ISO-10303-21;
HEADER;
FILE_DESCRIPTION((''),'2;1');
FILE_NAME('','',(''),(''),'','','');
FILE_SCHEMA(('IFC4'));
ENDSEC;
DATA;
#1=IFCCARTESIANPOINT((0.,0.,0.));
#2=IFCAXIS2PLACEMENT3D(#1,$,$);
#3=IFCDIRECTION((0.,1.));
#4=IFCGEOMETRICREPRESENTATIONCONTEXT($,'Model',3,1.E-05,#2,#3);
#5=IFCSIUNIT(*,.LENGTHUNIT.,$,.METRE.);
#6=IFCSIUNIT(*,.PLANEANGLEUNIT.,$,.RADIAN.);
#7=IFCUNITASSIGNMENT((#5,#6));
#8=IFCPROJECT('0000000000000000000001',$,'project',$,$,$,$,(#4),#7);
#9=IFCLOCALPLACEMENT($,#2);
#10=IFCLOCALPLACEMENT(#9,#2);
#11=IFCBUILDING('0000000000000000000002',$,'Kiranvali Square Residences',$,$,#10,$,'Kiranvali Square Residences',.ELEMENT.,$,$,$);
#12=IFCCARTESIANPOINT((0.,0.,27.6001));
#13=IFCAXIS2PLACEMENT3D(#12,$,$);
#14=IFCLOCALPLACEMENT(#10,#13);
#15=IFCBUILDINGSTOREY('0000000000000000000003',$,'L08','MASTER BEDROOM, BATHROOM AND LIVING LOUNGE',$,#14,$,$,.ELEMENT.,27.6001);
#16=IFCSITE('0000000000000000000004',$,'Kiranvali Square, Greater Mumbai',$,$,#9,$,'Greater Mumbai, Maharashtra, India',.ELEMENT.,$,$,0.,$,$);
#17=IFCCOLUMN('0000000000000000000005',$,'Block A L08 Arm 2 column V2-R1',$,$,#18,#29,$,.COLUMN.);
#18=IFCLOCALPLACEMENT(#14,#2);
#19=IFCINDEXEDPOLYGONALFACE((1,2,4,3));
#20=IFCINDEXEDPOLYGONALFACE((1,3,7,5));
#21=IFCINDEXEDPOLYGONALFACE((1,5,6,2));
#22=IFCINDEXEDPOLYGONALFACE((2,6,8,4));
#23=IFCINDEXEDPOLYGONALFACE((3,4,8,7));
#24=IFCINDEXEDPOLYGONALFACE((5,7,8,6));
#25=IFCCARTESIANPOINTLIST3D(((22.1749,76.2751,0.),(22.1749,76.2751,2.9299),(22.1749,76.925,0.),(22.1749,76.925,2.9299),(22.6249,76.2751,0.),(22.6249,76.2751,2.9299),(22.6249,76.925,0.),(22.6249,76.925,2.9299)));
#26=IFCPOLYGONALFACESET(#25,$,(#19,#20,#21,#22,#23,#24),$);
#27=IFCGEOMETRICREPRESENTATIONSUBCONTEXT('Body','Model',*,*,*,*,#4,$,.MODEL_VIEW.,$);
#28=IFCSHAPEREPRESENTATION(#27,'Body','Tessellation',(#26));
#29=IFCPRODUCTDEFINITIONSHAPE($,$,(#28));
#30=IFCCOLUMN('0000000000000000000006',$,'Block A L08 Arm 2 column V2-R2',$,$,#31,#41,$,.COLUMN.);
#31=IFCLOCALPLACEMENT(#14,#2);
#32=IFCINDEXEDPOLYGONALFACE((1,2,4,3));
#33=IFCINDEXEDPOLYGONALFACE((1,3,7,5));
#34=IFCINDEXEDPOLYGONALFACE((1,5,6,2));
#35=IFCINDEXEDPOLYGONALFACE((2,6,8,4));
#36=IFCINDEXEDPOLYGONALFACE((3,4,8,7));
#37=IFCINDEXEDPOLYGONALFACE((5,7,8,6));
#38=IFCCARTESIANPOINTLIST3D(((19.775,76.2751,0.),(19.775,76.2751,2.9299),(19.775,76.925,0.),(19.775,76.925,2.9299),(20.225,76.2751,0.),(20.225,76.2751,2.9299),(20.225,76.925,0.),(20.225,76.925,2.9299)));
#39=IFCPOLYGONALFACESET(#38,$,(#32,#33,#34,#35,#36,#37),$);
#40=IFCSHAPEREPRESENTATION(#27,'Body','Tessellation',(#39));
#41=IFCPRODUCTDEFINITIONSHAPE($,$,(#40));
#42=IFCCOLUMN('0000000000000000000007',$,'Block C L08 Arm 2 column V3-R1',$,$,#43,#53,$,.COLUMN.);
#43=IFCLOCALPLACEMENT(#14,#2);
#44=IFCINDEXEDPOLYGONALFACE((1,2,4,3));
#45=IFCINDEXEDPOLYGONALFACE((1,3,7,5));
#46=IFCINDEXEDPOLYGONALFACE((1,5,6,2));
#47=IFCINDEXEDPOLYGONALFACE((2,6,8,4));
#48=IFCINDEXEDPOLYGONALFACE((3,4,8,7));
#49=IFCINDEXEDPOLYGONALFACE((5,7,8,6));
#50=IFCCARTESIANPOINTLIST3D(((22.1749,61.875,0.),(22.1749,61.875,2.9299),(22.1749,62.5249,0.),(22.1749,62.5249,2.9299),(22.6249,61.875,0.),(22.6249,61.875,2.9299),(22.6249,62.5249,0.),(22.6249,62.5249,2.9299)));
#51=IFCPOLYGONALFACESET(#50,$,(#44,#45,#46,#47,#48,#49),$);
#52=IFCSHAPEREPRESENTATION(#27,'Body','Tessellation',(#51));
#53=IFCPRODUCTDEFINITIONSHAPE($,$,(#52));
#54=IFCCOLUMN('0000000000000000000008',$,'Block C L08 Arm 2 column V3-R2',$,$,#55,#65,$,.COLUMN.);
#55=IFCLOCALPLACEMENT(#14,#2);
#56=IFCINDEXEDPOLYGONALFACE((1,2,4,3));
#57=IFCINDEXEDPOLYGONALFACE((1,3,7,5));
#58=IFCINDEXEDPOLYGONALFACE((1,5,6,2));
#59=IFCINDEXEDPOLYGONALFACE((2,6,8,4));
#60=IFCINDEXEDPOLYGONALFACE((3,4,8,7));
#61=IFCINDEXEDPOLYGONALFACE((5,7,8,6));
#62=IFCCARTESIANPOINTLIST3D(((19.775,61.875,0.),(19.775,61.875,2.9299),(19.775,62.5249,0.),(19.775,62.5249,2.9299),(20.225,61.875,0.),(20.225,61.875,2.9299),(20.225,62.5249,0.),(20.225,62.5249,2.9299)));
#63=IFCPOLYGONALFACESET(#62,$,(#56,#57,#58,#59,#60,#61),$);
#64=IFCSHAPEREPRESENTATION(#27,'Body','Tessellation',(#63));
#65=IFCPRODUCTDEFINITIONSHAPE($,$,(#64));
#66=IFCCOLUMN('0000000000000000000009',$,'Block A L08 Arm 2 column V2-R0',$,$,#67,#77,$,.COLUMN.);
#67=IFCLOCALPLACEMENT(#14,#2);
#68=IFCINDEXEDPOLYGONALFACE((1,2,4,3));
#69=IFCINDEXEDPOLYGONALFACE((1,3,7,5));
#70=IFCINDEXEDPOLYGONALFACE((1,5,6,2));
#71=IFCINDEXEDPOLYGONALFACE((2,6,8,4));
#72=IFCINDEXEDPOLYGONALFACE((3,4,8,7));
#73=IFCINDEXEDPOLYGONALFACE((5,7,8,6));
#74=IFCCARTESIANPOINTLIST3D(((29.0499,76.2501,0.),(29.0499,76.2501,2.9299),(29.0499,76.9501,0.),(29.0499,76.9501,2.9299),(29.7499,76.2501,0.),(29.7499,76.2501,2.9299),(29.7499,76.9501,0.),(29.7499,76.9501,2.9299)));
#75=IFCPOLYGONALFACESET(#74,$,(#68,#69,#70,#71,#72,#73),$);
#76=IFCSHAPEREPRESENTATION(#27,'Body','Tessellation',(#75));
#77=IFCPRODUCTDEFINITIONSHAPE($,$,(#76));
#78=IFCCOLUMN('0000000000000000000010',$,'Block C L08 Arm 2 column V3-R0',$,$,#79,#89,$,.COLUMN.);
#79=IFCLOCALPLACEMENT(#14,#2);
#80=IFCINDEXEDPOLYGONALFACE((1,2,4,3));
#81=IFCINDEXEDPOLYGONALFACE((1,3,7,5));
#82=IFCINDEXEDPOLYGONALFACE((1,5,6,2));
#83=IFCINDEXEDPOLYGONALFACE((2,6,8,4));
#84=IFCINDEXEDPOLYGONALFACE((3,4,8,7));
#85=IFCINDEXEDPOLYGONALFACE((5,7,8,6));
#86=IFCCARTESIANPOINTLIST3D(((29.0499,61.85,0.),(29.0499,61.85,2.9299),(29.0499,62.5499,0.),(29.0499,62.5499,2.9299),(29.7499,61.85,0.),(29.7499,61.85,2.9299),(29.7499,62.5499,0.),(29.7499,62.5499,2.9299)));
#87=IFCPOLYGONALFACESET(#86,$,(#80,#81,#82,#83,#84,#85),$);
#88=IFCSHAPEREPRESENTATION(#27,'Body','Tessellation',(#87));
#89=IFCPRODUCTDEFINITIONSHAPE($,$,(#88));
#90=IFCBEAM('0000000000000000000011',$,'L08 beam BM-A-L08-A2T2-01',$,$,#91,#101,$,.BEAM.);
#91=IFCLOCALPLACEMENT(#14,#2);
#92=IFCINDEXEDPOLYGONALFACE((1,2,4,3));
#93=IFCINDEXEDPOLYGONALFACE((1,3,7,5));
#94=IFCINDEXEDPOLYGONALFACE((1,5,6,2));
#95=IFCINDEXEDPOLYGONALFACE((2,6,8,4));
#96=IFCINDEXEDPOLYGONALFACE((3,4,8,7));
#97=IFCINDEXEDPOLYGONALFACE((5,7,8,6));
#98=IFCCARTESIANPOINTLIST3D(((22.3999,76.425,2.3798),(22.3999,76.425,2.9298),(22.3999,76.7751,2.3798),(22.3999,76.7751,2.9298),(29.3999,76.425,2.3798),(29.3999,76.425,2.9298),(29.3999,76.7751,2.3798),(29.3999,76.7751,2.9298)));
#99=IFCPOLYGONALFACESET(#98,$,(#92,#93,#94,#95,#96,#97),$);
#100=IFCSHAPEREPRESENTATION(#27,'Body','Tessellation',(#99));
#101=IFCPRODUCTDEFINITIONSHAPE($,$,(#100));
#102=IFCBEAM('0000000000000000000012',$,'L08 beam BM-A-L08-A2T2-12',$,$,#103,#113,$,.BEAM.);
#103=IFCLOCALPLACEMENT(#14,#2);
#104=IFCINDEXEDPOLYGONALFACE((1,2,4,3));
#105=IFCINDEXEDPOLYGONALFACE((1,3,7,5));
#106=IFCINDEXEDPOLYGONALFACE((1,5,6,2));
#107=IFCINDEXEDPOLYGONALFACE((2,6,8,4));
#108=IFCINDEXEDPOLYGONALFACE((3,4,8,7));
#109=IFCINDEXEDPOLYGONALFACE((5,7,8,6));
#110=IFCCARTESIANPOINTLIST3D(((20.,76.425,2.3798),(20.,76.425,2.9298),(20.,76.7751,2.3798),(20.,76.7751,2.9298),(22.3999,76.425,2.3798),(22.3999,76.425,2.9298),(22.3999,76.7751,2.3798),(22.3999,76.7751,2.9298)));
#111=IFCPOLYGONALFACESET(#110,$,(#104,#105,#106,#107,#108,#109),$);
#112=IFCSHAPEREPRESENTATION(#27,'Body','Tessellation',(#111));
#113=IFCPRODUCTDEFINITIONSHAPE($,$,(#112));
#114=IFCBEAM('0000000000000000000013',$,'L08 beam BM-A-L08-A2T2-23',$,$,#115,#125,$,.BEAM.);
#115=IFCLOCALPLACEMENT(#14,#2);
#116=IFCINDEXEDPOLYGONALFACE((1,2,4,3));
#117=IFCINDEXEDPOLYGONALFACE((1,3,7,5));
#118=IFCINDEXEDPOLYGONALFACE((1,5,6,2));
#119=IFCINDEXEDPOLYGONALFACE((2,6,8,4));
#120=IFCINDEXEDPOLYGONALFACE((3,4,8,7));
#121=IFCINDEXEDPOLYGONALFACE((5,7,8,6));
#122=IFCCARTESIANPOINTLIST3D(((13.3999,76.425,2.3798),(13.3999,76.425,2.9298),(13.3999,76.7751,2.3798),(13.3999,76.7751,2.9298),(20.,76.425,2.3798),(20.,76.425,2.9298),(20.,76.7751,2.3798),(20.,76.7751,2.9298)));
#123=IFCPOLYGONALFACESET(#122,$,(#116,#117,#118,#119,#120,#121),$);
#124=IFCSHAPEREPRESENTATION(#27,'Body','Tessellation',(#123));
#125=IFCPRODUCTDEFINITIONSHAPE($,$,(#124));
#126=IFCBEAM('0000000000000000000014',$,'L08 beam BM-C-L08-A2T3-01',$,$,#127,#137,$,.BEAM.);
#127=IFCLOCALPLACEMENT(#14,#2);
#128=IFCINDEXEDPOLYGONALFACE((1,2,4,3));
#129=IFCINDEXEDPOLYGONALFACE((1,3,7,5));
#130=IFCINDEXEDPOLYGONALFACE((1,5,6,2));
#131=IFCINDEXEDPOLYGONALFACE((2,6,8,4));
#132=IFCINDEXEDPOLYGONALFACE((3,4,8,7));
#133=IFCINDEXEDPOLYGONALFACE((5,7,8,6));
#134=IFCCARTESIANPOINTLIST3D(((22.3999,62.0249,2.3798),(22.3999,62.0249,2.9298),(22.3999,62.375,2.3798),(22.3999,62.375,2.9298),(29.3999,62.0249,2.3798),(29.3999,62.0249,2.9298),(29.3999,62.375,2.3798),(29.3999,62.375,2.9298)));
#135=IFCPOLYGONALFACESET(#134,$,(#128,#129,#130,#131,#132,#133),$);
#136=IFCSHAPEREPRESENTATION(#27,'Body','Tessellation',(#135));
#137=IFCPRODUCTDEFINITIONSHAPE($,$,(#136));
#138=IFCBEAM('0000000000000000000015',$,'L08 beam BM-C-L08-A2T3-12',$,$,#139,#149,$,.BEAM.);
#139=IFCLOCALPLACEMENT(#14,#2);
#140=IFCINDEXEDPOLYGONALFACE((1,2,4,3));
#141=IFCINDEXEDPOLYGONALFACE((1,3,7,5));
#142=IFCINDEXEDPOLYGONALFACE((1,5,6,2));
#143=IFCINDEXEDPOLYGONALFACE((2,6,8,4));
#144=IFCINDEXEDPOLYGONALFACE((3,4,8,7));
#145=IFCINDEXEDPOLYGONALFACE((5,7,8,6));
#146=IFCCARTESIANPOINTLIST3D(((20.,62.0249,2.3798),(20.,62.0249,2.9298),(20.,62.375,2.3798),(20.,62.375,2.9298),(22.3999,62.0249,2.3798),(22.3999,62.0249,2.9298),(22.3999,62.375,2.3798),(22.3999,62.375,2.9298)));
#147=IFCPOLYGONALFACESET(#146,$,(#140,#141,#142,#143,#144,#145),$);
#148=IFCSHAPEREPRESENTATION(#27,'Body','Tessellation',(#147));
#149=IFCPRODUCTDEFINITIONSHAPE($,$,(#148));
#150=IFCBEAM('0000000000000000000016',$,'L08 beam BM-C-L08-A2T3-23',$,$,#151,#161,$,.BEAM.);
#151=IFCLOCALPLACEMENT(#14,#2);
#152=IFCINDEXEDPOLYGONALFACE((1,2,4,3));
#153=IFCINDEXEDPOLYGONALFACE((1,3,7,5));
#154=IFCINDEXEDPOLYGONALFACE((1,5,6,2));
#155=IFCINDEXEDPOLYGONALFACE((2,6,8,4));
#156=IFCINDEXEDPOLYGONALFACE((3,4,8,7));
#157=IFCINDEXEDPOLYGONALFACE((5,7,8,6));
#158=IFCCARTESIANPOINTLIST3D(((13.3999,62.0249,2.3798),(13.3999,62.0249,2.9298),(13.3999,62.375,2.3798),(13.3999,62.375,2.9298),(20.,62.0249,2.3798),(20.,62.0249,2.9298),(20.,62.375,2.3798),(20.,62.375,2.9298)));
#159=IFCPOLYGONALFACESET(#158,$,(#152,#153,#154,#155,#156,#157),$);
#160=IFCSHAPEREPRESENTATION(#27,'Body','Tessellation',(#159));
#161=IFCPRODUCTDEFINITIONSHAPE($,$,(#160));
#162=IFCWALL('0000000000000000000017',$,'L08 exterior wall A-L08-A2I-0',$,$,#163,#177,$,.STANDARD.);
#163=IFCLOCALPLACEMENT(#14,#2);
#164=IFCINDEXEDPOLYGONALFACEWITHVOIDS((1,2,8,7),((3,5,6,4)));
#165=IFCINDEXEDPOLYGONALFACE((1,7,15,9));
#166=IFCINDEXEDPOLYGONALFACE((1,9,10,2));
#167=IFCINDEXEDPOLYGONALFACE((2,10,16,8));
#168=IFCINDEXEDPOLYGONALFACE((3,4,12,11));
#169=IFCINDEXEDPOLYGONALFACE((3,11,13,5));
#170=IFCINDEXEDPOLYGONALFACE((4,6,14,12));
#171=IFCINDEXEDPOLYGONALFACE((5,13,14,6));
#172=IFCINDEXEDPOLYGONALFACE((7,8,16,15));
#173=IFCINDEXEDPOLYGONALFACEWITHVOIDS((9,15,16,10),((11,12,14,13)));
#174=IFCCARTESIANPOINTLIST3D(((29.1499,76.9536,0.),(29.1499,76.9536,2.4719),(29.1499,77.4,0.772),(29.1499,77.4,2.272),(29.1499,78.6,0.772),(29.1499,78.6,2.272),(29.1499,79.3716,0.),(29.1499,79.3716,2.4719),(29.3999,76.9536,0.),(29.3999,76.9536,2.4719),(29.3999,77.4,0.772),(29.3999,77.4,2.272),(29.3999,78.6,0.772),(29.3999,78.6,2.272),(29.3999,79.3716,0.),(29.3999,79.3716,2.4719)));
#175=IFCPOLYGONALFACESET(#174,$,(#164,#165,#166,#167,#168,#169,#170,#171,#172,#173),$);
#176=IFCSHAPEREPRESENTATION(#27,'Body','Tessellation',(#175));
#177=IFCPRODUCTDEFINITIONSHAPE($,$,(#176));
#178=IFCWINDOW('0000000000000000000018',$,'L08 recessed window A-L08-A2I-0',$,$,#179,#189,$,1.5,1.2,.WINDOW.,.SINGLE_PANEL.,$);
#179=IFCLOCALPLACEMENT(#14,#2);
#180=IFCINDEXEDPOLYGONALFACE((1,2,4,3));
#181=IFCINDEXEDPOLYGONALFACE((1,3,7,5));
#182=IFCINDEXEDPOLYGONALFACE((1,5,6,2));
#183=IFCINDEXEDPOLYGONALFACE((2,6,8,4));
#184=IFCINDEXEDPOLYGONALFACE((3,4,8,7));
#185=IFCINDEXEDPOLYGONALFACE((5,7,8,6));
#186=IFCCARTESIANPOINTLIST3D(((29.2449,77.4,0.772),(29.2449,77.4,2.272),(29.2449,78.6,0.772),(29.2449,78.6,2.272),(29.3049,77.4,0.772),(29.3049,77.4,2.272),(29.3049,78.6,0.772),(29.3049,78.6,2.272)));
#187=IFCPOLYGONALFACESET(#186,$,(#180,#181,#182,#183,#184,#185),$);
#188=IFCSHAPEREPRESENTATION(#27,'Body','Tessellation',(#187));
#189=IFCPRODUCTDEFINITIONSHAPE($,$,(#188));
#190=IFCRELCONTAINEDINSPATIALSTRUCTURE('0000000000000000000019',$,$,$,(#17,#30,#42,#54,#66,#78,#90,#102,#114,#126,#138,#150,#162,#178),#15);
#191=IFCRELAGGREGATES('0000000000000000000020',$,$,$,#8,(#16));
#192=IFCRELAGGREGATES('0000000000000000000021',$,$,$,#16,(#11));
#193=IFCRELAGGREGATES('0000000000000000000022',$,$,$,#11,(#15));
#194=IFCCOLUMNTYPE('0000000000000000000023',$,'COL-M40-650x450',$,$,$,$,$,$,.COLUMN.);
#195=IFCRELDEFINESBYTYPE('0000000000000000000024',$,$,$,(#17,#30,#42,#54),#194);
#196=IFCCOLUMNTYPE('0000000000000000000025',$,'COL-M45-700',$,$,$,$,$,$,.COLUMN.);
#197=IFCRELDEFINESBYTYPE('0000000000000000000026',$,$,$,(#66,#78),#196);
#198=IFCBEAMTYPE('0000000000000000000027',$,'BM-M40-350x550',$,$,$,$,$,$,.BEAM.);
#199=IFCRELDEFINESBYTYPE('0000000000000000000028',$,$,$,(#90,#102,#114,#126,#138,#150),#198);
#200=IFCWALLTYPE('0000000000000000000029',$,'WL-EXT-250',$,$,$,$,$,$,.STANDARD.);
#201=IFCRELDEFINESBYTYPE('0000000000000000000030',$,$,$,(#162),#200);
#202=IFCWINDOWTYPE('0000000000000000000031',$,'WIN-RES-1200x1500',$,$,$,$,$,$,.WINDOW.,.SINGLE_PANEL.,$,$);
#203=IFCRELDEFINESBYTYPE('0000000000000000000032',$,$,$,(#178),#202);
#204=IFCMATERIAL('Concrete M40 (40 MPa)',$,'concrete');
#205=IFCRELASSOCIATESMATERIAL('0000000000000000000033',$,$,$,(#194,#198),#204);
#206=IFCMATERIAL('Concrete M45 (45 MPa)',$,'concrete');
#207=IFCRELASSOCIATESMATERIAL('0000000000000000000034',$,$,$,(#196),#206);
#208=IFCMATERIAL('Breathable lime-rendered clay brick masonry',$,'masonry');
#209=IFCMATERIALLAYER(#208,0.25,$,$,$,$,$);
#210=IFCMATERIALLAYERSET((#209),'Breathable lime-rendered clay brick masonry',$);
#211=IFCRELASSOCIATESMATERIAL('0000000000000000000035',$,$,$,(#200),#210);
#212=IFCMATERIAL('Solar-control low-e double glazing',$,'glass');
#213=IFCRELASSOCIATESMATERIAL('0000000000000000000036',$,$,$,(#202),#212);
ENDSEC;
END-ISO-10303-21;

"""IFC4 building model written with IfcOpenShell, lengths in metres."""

from ifc_helpers import new_model, si_unit, direction, frame, frame_2d, origin, origin_2d, place, context, subcontext, project, spatial, rectangle, extrude, material, layer, layer_set, material_profile, profile_set, type_object, element, fill, save


model = new_model("IFC4")

# Units and contexts
model_context = context("Model", 3, precision=1e-05, world=origin(), true_north=direction((0.0, 1.0)))
body_context = subcontext(model_context, "Body", "Model", "MODEL_VIEW")
ifc_project = project(units=[si_unit("LENGTHUNIT", "METRE"), si_unit("PLANEANGLEUNIT", "RADIAN")], contexts=[model_context])

# Site, building, storey
site_placement = place(None, origin())
site = spatial("IfcSite", under=ifc_project, at=site_placement, Name="Kiranvali Square, Greater Mumbai", LongName="Greater Mumbai, Maharashtra, India", CompositionType="ELEMENT", RefElevation=0.0)
building_placement = place(site_placement, origin())
building = spatial("IfcBuilding", under=site, at=building_placement, Name="Kiranvali Square Residences", LongName="Kiranvali Square Residences", CompositionType="ELEMENT")
storey_placement = place(building_placement, frame((0.0, 0.0, 27.6001)))
storey = spatial("IfcBuildingStorey", under=building, at=storey_placement, Name="L08", Description="MASTER BEDROOM, BATHROOM AND LIVING LOUNGE", CompositionType="ELEMENT", Elevation=27.6001)

# Columns
ifc_material_1 = material(Name="Concrete M40 (40 MPa)", Category="concrete")
ifc_material_profile_1 = material_profile(ifc_material_1, rectangle(XDim=0.45, YDim=0.6499, at=origin_2d()), Name="RC 650x450")
ifc_profile_set_1 = profile_set([ifc_material_profile_1], Name="Concrete M40 (40 MPa)")
column_type_1 = type_object("IfcColumnType", Name="COL-M40-650x450", PredefinedType="COLUMN", material=ifc_profile_set_1)
for number, where, z_axis, x_axis, name in (
    (1, (22.3999, 76.6001, 0.0), (0.0, 0.0, 1.0), (1.0, 0.0, 0.0), "Block A L08 Arm 2 column V2-R1"),
    (2, (20.0, 76.6001, 0.0), (0.0, 0.0, 1.0), (1.0, 0.0, 0.0), "Block A L08 Arm 2 column V2-R2"),
    (3, (22.3999, 62.2, 0.0), (0.0, 0.0, 1.0), (1.0, 0.0, 0.0), "Block C L08 Arm 2 column V3-R1"),
    (4, (20.0, 62.2, 0.0), (0.0, 0.0, 1.0), (1.0, 0.0, 0.0), "Block C L08 Arm 2 column V3-R2"),
):
    element("IfcColumn", number, at=place(storey_placement, frame(where, z_axis=z_axis, x_axis=x_axis)), inside=storey, type_object=column_type_1, Name=name, PredefinedType="COLUMN", context=body_context, shape_type="SweptSolid", body=[
        extrude(rectangle(XDim=0.45, YDim=0.6499, at=origin_2d()), origin(), (0.0, 0.0, 1.0), 2.9299),
    ])
ifc_material_2 = material(Name="Concrete M45 (45 MPa)", Category="concrete")
ifc_material_profile_2 = material_profile(ifc_material_2, rectangle(XDim=0.7, YDim=0.7, at=origin_2d()), Name="RC 700x700")
ifc_profile_set_2 = profile_set([ifc_material_profile_2], Name="Concrete M45 (45 MPa)")
column_type_2 = type_object("IfcColumnType", Name="COL-M45-700", PredefinedType="COLUMN", material=ifc_profile_set_2)
for number, where, z_axis, x_axis, name in (
    (5, (29.3999, 76.6001, 0.0), (0.0, 0.0, 1.0), (1.0, 0.0, 0.0), "Block A L08 Arm 2 column V2-R0"),
    (6, (29.3999, 62.2, 0.0), (0.0, 0.0, 1.0), (1.0, 0.0, 0.0), "Block C L08 Arm 2 column V3-R0"),
):
    element("IfcColumn", number, at=place(storey_placement, frame(where, z_axis=z_axis, x_axis=x_axis)), inside=storey, type_object=column_type_2, Name=name, PredefinedType="COLUMN", context=body_context, shape_type="SweptSolid", body=[
        extrude(rectangle(XDim=0.7, YDim=0.7, at=origin_2d()), origin(), (0.0, 0.0, 1.0), 2.9299),
    ])

# Beams
ifc_material_profile_3 = material_profile(ifc_material_1, rectangle(XDim=0.3501, YDim=0.55, at=origin_2d()), Name="RC 350x550")
ifc_profile_set_3 = profile_set([ifc_material_profile_3], Name="Concrete M40 (40 MPa)")
beam_type = type_object("IfcBeamType", Name="BM-M40-350x550", PredefinedType="BEAM", material=ifc_profile_set_3)
beam_1_placement = place(storey_placement, frame((29.3999, 76.6001, 2.6548), z_axis=(-1.0, 0.0, 0.0), x_axis=(0.0, -1.0, 0.0)))
element("IfcBeam", 7, at=beam_1_placement, inside=storey, type_object=beam_type, Name="L08 beam BM-A-L08-A2T2-01", PredefinedType="BEAM", context=body_context, shape_type="SweptSolid", body=[
    extrude(rectangle(XDim=0.3501, YDim=0.55, at=origin_2d()), origin(), (0.0, 0.0, 1.0), 7.0),
])
beam_2_placement = place(storey_placement, frame((22.3999, 76.6001, 2.6548), z_axis=(-1.0, 0.0, 0.0), x_axis=(0.0, -1.0, 0.0)))
element("IfcBeam", 8, at=beam_2_placement, inside=storey, type_object=beam_type, Name="L08 beam BM-A-L08-A2T2-12", PredefinedType="BEAM", context=body_context, shape_type="SweptSolid", body=[
    extrude(rectangle(XDim=0.3501, YDim=0.55, at=origin_2d()), origin(), (0.0, 0.0, 1.0), 2.3999),
])
beam_3_placement = place(storey_placement, frame((20.0, 76.6001, 2.6548), z_axis=(-1.0, 0.0, 0.0), x_axis=(0.0, -1.0, 0.0)))
element("IfcBeam", 9, at=beam_3_placement, inside=storey, type_object=beam_type, Name="L08 beam BM-A-L08-A2T2-23", PredefinedType="BEAM", context=body_context, shape_type="SweptSolid", body=[
    extrude(rectangle(XDim=0.3501, YDim=0.55, at=origin_2d()), origin(), (0.0, 0.0, 1.0), 6.6001),
])
beam_4_placement = place(storey_placement, frame((29.3999, 62.2, 2.6548), z_axis=(-1.0, 0.0, 0.0), x_axis=(0.0, -1.0, 0.0)))
element("IfcBeam", 10, at=beam_4_placement, inside=storey, type_object=beam_type, Name="L08 beam BM-C-L08-A2T3-01", PredefinedType="BEAM", context=body_context, shape_type="SweptSolid", body=[
    extrude(rectangle(XDim=0.3501, YDim=0.55, at=origin_2d()), origin(), (0.0, 0.0, 1.0), 7.0),
])
beam_5_placement = place(storey_placement, frame((22.3999, 62.2, 2.6548), z_axis=(-1.0, 0.0, 0.0), x_axis=(0.0, -1.0, 0.0)))
element("IfcBeam", 11, at=beam_5_placement, inside=storey, type_object=beam_type, Name="L08 beam BM-C-L08-A2T3-12", PredefinedType="BEAM", context=body_context, shape_type="SweptSolid", body=[
    extrude(rectangle(XDim=0.3501, YDim=0.55, at=origin_2d()), origin(), (0.0, 0.0, 1.0), 2.3999),
])
beam_6_placement = place(storey_placement, frame((20.0, 62.2, 2.6548), z_axis=(-1.0, 0.0, 0.0), x_axis=(0.0, -1.0, 0.0)))
element("IfcBeam", 12, at=beam_6_placement, inside=storey, type_object=beam_type, Name="L08 beam BM-C-L08-A2T3-23", PredefinedType="BEAM", context=body_context, shape_type="SweptSolid", body=[
    extrude(rectangle(XDim=0.3501, YDim=0.55, at=origin_2d()), origin(), (0.0, 0.0, 1.0), 6.6001),
])

# Wall, opening, window
ifc_material_3 = material(Name="Breathable lime-rendered clay brick masonry", Category="masonry")
ifc_layer_1 = layer(ifc_material_3, 0.25)
ifc_layer_set_1 = layer_set([ifc_layer_1], Name="Breathable lime-rendered clay brick masonry")
wall_type_1 = type_object("IfcWallType", Name="WL-EXT-250", PredefinedType="STANDARD", material=ifc_layer_set_1)
wall_1_placement = place(storey_placement, frame((29.2749, 79.3716, 0.0), z_axis=(0.0, 0.0, 1.0), x_axis=(0.0, -1.0, 0.0)))
wall_1 = element("IfcWall", 13, at=wall_1_placement, inside=storey, type_object=wall_type_1, Name="L08 exterior wall A-L08-A2I-0", PredefinedType="STANDARD", context=body_context, shape_type="SweptSolid", body=[
    extrude(rectangle(XDim=2.418, YDim=0.25, at=frame_2d((1.209, 0.0))), origin(), (0.0, 0.0, 1.0), 2.4719),
])
opening_1_placement = place(wall_1_placement, frame((0.7715, 0.0, 0.772)))
opening_1 = element("IfcOpeningElement", 14, at=opening_1_placement, cuts=wall_1, PredefinedType="OPENING", context=body_context, shape_type="SweptSolid", body=[
    extrude(rectangle(XDim=1.2, YDim=1.5, at=frame_2d((0.6001, 0.75))), frame((0.0, 0.135, 0.0), z_axis=(0.0, -1.0, 0.0), x_axis=(1.0, 0.0, 0.0)), (0.0, 0.0, 1.0), 0.27),
])
ifc_material_4 = material(Name="Solar-control low-e double glazing", Category="glass")
window_type_1 = type_object("IfcWindowType", Name="WIN-RES-1200x1500", PartitioningType="SINGLE_PANEL", PredefinedType="WINDOW", material=ifc_material_4)
window_1_placement = place(opening_1_placement, origin())
window_1 = element("IfcWindow", 15, at=window_1_placement, inside=storey, type_object=window_type_1, Name="L08 recessed window A-L08-A2I-0", OverallHeight=1.5, OverallWidth=1.2, PartitioningType="SINGLE_PANEL", PredefinedType="WINDOW", context=body_context, shape_type="SweptSolid", body=[
    extrude(rectangle(XDim=1.2, YDim=1.5, at=frame_2d((0.6001, 0.75))), frame((0.0, 0.03, 0.0), z_axis=(0.0, -1.0, 0.0), x_axis=(1.0, 0.0, 0.0)), (0.0, 0.0, 1.0), 0.0601),
])
fill(opening_1, window_1)

save(model, "model.ifc")
